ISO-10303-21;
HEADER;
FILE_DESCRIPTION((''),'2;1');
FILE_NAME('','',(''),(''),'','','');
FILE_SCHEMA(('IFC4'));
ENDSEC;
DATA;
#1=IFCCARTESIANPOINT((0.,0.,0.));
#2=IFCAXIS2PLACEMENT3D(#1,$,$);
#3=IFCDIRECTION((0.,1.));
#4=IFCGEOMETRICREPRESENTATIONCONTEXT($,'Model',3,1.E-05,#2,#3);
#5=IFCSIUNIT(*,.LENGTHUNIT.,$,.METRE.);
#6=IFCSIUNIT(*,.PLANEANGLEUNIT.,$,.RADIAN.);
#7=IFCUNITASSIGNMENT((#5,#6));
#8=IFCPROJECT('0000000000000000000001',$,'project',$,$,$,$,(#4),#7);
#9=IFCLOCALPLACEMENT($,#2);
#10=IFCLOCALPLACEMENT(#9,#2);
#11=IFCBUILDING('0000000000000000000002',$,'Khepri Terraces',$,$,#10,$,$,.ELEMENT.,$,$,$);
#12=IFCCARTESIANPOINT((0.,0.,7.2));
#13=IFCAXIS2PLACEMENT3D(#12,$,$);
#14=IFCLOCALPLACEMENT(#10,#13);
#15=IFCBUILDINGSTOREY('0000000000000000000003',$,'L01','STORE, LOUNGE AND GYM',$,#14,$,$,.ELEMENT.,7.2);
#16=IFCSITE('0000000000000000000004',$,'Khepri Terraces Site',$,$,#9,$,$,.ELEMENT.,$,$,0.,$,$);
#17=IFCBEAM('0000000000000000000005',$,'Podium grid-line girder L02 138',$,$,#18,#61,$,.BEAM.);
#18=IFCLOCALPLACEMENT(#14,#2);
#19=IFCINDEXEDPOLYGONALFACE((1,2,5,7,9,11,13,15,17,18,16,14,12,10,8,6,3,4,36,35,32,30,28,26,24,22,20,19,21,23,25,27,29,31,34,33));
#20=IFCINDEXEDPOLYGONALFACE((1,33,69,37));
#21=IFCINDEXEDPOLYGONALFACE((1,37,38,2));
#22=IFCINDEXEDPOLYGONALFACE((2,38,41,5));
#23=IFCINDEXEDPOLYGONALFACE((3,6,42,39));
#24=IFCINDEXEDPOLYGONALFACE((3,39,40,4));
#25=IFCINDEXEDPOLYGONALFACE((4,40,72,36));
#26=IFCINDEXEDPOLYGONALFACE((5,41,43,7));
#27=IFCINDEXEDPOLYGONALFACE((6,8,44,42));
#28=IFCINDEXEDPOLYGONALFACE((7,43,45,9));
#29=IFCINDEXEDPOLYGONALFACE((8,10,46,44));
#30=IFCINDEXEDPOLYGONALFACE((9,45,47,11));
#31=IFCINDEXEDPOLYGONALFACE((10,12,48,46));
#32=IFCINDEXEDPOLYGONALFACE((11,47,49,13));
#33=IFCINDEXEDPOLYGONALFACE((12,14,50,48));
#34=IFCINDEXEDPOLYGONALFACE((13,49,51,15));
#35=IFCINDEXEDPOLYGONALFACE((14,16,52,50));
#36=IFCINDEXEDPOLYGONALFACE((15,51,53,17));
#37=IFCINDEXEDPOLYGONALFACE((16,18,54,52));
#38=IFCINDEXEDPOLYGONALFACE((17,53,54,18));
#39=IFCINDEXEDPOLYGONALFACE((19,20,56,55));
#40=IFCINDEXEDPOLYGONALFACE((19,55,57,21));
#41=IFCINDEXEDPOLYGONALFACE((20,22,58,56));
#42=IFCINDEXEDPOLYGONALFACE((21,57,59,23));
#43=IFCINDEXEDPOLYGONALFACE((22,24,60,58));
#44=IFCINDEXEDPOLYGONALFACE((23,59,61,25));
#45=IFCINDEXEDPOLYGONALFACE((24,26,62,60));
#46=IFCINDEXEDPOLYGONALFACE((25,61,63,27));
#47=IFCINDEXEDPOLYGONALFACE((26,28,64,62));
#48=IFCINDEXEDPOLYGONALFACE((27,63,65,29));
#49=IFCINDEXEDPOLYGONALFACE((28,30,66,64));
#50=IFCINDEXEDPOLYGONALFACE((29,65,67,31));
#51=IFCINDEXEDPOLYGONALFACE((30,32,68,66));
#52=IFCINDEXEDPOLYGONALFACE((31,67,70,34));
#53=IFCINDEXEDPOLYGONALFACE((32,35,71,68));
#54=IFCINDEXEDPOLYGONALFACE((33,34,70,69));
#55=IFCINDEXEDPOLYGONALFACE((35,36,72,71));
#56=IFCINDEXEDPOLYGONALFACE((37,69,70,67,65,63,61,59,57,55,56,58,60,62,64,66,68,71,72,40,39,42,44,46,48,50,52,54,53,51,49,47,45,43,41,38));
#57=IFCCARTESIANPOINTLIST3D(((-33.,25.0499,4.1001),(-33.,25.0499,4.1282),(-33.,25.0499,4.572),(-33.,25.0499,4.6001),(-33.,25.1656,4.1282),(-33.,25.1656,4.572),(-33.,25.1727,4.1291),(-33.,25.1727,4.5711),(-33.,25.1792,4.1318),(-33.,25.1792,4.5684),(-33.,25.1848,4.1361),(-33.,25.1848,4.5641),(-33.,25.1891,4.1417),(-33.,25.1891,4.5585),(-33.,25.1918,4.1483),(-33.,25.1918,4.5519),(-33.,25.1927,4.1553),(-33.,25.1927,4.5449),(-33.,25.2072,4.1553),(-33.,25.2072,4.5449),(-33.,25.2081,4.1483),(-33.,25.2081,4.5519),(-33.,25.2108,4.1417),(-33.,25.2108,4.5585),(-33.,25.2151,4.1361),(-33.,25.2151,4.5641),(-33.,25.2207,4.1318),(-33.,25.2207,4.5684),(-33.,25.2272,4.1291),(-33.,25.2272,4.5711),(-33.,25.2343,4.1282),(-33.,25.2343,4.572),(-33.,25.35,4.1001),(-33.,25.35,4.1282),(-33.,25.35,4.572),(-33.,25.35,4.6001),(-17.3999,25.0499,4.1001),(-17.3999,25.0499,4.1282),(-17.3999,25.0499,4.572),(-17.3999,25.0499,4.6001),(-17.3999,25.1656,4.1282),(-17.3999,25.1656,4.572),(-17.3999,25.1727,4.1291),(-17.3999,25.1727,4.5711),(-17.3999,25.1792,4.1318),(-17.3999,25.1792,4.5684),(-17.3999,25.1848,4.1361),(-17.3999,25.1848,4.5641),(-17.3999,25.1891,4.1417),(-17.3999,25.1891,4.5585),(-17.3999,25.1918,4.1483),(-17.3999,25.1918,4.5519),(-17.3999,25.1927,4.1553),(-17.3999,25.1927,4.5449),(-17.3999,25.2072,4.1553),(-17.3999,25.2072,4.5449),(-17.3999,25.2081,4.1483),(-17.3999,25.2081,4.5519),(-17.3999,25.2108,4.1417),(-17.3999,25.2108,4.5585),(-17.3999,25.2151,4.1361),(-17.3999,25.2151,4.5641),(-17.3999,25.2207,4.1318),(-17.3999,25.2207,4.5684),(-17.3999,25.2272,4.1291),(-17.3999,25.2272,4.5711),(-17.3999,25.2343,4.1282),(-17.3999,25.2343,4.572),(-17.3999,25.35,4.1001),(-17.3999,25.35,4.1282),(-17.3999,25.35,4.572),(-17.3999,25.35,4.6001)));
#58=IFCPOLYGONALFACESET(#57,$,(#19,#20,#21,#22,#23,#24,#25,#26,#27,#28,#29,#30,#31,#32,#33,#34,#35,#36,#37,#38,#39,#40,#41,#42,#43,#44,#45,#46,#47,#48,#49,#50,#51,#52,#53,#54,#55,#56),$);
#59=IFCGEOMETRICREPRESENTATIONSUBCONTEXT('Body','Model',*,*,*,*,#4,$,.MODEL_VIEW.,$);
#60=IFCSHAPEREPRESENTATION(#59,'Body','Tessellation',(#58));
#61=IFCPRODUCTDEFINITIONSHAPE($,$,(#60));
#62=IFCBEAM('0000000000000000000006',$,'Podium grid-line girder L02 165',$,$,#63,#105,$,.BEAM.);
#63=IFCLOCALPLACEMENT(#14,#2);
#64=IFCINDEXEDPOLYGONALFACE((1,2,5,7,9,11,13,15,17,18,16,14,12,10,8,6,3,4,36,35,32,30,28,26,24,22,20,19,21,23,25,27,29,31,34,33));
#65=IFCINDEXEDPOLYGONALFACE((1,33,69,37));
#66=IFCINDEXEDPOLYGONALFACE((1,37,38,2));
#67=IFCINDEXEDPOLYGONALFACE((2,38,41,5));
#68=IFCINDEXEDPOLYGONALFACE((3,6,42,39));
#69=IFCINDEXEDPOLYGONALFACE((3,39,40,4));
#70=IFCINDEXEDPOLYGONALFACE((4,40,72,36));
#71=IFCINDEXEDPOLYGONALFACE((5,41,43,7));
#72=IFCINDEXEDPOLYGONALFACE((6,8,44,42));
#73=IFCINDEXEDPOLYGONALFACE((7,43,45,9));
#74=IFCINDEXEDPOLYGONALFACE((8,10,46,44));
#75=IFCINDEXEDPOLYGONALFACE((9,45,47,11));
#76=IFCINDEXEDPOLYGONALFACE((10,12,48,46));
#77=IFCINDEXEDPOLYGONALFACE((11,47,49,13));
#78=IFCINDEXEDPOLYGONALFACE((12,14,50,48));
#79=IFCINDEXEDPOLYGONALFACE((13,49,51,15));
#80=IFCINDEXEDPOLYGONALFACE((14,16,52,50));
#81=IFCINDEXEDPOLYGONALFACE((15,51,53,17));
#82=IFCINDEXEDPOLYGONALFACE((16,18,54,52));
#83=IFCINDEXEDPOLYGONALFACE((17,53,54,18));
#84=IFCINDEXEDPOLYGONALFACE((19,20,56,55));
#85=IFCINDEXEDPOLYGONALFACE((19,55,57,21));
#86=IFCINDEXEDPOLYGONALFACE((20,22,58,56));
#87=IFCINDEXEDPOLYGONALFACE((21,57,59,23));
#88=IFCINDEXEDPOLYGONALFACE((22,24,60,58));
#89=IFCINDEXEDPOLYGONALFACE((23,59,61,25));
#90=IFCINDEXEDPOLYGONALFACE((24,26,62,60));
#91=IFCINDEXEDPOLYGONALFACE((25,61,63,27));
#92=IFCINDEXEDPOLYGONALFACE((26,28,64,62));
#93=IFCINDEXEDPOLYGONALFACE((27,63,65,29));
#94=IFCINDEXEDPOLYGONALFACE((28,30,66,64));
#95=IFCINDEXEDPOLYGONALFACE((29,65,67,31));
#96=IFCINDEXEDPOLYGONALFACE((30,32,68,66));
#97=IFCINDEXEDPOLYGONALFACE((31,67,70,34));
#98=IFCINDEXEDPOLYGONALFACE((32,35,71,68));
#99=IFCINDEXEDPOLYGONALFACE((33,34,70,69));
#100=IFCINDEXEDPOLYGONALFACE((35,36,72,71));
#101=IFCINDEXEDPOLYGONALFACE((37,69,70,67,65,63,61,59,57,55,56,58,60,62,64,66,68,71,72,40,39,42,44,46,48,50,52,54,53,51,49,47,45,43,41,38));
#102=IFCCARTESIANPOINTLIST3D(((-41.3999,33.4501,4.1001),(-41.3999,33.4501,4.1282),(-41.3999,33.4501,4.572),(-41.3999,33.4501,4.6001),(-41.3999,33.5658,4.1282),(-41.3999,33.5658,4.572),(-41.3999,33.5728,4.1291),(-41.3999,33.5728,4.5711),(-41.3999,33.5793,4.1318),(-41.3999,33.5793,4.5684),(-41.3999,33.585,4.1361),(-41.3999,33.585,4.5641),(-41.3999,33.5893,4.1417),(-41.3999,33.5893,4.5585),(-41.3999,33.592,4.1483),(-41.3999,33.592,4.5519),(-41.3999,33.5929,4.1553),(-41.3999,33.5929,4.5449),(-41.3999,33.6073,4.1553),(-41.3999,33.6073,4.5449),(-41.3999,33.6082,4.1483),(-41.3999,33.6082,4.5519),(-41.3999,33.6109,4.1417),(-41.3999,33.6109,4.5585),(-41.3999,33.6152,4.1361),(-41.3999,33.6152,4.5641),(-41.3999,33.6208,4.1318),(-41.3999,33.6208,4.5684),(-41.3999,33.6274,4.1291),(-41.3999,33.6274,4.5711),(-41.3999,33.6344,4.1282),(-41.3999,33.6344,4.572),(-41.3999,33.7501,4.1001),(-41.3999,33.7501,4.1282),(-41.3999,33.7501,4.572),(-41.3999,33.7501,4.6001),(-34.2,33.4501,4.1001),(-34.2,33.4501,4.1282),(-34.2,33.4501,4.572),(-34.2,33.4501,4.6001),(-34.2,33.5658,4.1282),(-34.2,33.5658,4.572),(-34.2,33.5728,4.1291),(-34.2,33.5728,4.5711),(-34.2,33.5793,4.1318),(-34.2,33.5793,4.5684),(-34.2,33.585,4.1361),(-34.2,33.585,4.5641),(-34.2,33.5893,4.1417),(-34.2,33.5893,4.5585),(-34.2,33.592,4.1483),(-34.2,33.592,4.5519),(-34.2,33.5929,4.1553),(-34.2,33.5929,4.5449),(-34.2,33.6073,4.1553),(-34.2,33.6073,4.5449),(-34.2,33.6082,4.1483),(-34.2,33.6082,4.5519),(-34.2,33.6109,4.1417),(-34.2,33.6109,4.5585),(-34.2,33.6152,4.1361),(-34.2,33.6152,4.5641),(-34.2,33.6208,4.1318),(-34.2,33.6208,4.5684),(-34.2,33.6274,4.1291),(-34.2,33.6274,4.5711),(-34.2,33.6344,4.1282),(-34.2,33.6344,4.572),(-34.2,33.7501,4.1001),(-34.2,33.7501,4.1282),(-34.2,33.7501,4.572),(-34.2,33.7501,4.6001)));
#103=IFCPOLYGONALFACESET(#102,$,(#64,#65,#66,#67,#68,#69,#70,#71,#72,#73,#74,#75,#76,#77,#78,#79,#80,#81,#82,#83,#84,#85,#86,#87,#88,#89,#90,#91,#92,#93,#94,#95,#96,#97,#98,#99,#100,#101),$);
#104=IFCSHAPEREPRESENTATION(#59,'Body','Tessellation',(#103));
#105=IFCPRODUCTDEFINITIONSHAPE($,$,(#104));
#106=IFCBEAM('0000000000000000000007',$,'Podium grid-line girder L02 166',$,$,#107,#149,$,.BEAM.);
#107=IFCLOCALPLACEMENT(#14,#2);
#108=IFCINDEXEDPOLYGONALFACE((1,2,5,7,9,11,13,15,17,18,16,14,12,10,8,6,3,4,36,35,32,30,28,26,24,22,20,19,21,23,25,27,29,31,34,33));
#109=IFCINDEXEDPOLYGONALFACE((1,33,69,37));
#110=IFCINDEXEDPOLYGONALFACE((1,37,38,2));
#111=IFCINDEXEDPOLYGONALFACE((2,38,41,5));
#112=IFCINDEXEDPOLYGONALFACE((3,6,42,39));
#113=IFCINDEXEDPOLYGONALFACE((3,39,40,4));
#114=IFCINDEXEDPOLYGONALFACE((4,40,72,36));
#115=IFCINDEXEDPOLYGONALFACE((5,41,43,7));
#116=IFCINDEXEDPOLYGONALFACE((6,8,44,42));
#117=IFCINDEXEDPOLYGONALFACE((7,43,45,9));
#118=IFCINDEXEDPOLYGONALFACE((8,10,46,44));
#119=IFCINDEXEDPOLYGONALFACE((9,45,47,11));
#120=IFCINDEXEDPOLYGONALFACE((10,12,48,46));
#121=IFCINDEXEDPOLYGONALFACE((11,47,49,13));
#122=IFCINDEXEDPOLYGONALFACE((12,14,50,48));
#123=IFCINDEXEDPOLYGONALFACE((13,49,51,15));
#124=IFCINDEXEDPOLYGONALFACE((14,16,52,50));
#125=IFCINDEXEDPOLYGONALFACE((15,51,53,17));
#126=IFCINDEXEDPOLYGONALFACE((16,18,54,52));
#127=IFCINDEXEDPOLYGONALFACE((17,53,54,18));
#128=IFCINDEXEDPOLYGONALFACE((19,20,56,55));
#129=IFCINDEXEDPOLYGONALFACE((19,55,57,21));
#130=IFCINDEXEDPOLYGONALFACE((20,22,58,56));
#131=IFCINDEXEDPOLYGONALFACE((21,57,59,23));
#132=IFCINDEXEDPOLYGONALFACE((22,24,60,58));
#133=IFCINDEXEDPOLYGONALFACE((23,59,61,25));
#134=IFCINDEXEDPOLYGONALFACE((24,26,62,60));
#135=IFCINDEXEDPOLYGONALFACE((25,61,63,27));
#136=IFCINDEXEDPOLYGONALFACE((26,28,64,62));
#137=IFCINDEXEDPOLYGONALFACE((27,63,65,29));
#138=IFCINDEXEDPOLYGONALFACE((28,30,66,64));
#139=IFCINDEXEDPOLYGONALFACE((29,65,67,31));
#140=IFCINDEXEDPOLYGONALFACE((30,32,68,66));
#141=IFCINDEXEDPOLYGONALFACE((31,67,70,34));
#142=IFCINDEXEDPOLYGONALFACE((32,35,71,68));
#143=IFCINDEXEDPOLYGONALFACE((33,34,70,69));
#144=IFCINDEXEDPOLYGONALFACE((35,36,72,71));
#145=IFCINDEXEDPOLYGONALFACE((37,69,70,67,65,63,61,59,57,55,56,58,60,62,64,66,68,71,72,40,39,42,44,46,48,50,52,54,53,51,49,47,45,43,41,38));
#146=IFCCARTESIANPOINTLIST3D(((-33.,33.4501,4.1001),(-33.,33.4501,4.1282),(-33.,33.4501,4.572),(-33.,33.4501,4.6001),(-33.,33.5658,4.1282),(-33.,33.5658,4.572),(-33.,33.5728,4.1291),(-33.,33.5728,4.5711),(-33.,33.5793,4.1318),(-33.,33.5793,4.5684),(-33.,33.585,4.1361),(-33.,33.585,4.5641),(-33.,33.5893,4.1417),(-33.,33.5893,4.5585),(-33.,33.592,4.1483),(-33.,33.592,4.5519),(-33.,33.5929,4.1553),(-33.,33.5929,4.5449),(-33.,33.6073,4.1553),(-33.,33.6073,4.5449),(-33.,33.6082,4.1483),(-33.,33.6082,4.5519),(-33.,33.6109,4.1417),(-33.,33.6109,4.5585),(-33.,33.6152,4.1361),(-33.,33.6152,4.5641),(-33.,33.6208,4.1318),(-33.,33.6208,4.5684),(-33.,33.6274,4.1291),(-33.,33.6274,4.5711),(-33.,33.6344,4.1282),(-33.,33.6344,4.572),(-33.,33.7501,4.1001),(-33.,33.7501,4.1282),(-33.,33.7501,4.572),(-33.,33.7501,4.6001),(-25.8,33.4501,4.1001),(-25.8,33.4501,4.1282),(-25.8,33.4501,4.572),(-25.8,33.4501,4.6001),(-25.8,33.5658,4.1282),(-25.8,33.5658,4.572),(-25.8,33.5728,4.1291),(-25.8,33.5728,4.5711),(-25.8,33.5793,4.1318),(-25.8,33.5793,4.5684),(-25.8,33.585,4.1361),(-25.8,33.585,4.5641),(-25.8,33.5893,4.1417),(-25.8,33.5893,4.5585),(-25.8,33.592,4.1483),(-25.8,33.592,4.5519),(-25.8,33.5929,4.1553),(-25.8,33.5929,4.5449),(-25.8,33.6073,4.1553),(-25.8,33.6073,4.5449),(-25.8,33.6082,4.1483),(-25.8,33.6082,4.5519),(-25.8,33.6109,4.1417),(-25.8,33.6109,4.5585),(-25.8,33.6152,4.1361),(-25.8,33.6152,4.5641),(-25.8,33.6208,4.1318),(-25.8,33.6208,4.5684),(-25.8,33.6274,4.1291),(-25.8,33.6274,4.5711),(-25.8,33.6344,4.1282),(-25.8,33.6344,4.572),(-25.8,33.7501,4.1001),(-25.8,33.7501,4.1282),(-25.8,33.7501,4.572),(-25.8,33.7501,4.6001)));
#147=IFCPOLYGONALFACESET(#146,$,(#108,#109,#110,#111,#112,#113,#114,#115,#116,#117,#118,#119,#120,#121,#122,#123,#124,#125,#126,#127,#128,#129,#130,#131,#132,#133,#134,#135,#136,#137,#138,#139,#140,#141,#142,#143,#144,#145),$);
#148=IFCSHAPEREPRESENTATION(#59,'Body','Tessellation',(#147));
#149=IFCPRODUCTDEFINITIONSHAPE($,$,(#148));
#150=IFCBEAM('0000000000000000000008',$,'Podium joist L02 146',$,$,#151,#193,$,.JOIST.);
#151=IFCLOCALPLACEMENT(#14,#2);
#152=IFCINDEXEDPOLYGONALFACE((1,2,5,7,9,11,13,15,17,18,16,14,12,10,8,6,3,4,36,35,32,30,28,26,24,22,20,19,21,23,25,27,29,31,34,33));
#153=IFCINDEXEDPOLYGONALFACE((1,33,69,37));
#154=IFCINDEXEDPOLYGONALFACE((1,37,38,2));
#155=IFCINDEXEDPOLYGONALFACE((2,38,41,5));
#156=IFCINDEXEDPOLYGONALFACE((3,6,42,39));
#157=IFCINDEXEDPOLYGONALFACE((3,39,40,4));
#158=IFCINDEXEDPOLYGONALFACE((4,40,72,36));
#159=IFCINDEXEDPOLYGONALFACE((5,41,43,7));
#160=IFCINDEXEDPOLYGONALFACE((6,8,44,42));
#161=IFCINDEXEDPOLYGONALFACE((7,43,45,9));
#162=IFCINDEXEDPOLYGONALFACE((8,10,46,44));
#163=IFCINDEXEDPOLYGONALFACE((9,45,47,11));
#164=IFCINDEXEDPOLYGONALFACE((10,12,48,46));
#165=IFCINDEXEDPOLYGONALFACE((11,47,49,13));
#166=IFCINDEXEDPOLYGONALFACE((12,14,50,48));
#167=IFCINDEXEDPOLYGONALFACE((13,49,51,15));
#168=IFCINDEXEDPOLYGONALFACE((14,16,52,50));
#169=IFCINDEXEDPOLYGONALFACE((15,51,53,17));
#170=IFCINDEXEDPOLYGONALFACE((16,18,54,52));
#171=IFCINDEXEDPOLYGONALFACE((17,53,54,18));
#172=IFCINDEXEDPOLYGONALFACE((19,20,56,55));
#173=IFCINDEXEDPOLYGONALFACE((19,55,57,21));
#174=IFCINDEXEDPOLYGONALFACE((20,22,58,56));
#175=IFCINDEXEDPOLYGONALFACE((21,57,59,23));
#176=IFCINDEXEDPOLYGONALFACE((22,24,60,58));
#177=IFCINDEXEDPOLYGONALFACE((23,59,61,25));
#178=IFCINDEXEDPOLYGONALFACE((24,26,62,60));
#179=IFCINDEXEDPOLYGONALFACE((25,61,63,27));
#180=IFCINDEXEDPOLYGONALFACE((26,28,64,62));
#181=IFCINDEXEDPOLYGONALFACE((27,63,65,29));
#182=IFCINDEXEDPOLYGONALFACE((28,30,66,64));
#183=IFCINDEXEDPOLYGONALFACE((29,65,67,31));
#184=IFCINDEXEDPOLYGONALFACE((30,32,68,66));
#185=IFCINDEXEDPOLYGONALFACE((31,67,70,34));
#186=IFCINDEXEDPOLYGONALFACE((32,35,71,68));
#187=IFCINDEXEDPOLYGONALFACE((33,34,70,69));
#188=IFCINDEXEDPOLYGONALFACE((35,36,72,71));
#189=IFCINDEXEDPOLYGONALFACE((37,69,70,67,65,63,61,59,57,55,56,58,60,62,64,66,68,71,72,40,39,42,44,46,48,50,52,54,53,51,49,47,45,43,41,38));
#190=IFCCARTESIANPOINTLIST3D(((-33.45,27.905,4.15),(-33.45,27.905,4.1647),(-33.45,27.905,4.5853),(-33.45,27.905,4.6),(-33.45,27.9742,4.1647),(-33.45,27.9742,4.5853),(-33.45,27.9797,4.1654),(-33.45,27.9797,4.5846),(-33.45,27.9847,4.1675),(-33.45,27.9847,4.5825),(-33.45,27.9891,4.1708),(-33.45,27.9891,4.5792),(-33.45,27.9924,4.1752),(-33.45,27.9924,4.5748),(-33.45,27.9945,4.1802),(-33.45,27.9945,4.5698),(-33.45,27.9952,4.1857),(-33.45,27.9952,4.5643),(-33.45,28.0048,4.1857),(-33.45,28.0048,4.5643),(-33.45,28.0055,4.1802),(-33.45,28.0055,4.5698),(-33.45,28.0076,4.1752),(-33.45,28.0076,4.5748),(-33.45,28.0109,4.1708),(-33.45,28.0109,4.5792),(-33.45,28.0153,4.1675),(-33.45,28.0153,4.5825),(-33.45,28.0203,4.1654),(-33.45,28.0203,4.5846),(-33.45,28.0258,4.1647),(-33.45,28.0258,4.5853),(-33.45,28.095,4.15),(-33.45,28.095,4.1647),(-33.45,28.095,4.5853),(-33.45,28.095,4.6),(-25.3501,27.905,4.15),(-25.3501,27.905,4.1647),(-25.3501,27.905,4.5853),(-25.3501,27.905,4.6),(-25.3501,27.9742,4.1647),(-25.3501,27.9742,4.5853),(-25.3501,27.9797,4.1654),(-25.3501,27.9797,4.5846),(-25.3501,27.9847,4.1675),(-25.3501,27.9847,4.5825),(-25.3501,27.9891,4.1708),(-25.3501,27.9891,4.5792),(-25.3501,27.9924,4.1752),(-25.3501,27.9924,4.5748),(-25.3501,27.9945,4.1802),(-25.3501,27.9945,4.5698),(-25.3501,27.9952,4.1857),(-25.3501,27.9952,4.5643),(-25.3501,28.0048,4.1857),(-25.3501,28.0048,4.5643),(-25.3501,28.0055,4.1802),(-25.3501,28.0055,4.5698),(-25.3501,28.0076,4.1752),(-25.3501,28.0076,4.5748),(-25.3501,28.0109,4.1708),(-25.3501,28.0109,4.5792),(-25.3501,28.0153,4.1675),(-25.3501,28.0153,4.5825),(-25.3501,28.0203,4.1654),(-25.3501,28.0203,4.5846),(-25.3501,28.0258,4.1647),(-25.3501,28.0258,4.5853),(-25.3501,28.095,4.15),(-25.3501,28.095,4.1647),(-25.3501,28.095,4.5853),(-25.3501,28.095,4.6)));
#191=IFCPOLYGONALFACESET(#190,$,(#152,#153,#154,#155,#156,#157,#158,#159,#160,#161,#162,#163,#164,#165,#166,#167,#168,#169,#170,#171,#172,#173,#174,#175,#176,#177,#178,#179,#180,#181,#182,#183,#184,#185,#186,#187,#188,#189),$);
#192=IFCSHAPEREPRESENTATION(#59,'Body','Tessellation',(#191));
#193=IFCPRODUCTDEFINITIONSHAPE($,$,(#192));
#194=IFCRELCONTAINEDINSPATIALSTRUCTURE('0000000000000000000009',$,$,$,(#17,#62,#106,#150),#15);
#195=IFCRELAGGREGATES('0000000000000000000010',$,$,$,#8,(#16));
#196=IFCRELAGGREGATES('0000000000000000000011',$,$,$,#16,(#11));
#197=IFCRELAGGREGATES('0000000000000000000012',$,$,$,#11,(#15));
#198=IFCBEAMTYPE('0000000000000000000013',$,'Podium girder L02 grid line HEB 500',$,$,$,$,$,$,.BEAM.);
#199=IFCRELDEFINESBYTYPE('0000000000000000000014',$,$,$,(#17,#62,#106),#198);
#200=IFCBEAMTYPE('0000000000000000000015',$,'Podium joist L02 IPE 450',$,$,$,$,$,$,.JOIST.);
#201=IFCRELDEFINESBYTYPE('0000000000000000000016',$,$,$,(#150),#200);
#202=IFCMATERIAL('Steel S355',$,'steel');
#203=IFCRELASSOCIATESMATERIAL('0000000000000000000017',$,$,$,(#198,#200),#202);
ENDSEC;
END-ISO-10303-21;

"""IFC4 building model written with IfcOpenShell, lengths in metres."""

from ifc_helpers import new_model, si_unit, direction, frame, origin, origin_2d, place, context, subcontext, project, spatial, i_section, extrude, material, material_profile, profile_set, type_object, element, save


model = new_model("IFC4")

# Units and contexts
model_context = context("Model", 3, precision=1e-05, world=origin(), true_north=direction((0.0, 1.0)))
body_context = subcontext(model_context, "Body", "Model", "MODEL_VIEW")
ifc_project = project(units=[si_unit("LENGTHUNIT", "METRE"), si_unit("PLANEANGLEUNIT", "RADIAN")], contexts=[model_context])

# Site, building, storey
site_placement = place(None, origin())
site = spatial("IfcSite", under=ifc_project, at=site_placement, Name="Khepri Terraces Site", CompositionType="ELEMENT", RefElevation=0.0)
building_placement = place(site_placement, origin())
building = spatial("IfcBuilding", under=site, at=building_placement, Name="Khepri Terraces", CompositionType="ELEMENT")
storey_placement = place(building_placement, frame((0.0, 0.0, 7.2)))
storey = spatial("IfcBuildingStorey", under=building, at=storey_placement, Name="L01", Description="STORE, LOUNGE AND GYM", CompositionType="ELEMENT", Elevation=7.2)

# Beams
ifc_material_1 = material(Name="Steel S355", Category="steel")
ifc_material_profile_1 = material_profile(ifc_material_1, i_section(OverallWidth=0.3, OverallDepth=0.5, WebThickness=0.0144, FlangeThickness=0.0281, FilletRadius=0.0271, at=origin_2d()), Name="Steel S355", Category="steel")
ifc_profile_set_1 = profile_set([ifc_material_profile_1], Name="Steel S355")
beam_type_1 = type_object("IfcBeamType", Name="Podium girder L02 grid line HEB 500", PredefinedType="BEAM", material=ifc_profile_set_1)
beam_1_placement = place(storey_placement, frame((-33.0, 25.2, 4.3501), z_axis=(1.0, 0.0, 0.0), x_axis=(0.0, 1.0, 0.0)))
element("IfcBeam", 1, at=beam_1_placement, inside=storey, type_object=beam_type_1, Name="Podium grid-line girder L02 138", PredefinedType="BEAM", context=body_context, shape_type="SweptSolid", body=[
    extrude(i_section(OverallWidth=0.3, OverallDepth=0.5, WebThickness=0.0144, FlangeThickness=0.0281, FilletRadius=0.0271, at=origin_2d()), origin(), (0.0, 0.0, 1.0), 15.6001),
])
for number, where, z_axis, x_axis, name in (
    (2, (-41.3999, 33.6001, 4.3501), (1.0, 0.0, 0.0), (0.0, 1.0, 0.0), "Podium grid-line girder L02 165"),
    (3, (-33.0, 33.6001, 4.3501), (1.0, 0.0, 0.0), (0.0, 1.0, 0.0), "Podium grid-line girder L02 166"),
):
    element("IfcBeam", number, at=place(storey_placement, frame(where, z_axis=z_axis, x_axis=x_axis)), inside=storey, type_object=beam_type_1, Name=name, PredefinedType="BEAM", context=body_context, shape_type="SweptSolid", body=[
        extrude(i_section(OverallWidth=0.3, OverallDepth=0.5, WebThickness=0.0144, FlangeThickness=0.0281, FilletRadius=0.0271, at=origin_2d()), origin(), (0.0, 0.0, 1.0), 7.2),
    ])
ifc_material_profile_2 = material_profile(ifc_material_1, i_section(OverallWidth=0.1899, OverallDepth=0.45, WebThickness=0.0095, FlangeThickness=0.0146, FilletRadius=0.021, at=origin_2d()), Name="Steel S355", Category="steel")
ifc_profile_set_2 = profile_set([ifc_material_profile_2], Name="Steel S355")
beam_type_2 = type_object("IfcBeamType", Name="Podium joist L02 IPE 450", PredefinedType="JOIST", material=ifc_profile_set_2)
for number, where, z_axis, x_axis, name in (
    (4, (-33.45, 28.0, 4.375), (1.0, 0.0, 0.0), (0.0, 1.0, 0.0), "Podium joist L02 146"),
):
    element("IfcBeam", number, at=place(storey_placement, frame(where, z_axis=z_axis, x_axis=x_axis)), inside=storey, type_object=beam_type_2, Name=name, PredefinedType="JOIST", context=body_context, shape_type="SweptSolid", body=[
        extrude(i_section(OverallWidth=0.1899, OverallDepth=0.45, WebThickness=0.0095, FlangeThickness=0.0146, FilletRadius=0.021, at=origin_2d()), origin(), (0.0, 0.0, 1.0), 8.0999),
    ])

save(model, "model.ifc")
